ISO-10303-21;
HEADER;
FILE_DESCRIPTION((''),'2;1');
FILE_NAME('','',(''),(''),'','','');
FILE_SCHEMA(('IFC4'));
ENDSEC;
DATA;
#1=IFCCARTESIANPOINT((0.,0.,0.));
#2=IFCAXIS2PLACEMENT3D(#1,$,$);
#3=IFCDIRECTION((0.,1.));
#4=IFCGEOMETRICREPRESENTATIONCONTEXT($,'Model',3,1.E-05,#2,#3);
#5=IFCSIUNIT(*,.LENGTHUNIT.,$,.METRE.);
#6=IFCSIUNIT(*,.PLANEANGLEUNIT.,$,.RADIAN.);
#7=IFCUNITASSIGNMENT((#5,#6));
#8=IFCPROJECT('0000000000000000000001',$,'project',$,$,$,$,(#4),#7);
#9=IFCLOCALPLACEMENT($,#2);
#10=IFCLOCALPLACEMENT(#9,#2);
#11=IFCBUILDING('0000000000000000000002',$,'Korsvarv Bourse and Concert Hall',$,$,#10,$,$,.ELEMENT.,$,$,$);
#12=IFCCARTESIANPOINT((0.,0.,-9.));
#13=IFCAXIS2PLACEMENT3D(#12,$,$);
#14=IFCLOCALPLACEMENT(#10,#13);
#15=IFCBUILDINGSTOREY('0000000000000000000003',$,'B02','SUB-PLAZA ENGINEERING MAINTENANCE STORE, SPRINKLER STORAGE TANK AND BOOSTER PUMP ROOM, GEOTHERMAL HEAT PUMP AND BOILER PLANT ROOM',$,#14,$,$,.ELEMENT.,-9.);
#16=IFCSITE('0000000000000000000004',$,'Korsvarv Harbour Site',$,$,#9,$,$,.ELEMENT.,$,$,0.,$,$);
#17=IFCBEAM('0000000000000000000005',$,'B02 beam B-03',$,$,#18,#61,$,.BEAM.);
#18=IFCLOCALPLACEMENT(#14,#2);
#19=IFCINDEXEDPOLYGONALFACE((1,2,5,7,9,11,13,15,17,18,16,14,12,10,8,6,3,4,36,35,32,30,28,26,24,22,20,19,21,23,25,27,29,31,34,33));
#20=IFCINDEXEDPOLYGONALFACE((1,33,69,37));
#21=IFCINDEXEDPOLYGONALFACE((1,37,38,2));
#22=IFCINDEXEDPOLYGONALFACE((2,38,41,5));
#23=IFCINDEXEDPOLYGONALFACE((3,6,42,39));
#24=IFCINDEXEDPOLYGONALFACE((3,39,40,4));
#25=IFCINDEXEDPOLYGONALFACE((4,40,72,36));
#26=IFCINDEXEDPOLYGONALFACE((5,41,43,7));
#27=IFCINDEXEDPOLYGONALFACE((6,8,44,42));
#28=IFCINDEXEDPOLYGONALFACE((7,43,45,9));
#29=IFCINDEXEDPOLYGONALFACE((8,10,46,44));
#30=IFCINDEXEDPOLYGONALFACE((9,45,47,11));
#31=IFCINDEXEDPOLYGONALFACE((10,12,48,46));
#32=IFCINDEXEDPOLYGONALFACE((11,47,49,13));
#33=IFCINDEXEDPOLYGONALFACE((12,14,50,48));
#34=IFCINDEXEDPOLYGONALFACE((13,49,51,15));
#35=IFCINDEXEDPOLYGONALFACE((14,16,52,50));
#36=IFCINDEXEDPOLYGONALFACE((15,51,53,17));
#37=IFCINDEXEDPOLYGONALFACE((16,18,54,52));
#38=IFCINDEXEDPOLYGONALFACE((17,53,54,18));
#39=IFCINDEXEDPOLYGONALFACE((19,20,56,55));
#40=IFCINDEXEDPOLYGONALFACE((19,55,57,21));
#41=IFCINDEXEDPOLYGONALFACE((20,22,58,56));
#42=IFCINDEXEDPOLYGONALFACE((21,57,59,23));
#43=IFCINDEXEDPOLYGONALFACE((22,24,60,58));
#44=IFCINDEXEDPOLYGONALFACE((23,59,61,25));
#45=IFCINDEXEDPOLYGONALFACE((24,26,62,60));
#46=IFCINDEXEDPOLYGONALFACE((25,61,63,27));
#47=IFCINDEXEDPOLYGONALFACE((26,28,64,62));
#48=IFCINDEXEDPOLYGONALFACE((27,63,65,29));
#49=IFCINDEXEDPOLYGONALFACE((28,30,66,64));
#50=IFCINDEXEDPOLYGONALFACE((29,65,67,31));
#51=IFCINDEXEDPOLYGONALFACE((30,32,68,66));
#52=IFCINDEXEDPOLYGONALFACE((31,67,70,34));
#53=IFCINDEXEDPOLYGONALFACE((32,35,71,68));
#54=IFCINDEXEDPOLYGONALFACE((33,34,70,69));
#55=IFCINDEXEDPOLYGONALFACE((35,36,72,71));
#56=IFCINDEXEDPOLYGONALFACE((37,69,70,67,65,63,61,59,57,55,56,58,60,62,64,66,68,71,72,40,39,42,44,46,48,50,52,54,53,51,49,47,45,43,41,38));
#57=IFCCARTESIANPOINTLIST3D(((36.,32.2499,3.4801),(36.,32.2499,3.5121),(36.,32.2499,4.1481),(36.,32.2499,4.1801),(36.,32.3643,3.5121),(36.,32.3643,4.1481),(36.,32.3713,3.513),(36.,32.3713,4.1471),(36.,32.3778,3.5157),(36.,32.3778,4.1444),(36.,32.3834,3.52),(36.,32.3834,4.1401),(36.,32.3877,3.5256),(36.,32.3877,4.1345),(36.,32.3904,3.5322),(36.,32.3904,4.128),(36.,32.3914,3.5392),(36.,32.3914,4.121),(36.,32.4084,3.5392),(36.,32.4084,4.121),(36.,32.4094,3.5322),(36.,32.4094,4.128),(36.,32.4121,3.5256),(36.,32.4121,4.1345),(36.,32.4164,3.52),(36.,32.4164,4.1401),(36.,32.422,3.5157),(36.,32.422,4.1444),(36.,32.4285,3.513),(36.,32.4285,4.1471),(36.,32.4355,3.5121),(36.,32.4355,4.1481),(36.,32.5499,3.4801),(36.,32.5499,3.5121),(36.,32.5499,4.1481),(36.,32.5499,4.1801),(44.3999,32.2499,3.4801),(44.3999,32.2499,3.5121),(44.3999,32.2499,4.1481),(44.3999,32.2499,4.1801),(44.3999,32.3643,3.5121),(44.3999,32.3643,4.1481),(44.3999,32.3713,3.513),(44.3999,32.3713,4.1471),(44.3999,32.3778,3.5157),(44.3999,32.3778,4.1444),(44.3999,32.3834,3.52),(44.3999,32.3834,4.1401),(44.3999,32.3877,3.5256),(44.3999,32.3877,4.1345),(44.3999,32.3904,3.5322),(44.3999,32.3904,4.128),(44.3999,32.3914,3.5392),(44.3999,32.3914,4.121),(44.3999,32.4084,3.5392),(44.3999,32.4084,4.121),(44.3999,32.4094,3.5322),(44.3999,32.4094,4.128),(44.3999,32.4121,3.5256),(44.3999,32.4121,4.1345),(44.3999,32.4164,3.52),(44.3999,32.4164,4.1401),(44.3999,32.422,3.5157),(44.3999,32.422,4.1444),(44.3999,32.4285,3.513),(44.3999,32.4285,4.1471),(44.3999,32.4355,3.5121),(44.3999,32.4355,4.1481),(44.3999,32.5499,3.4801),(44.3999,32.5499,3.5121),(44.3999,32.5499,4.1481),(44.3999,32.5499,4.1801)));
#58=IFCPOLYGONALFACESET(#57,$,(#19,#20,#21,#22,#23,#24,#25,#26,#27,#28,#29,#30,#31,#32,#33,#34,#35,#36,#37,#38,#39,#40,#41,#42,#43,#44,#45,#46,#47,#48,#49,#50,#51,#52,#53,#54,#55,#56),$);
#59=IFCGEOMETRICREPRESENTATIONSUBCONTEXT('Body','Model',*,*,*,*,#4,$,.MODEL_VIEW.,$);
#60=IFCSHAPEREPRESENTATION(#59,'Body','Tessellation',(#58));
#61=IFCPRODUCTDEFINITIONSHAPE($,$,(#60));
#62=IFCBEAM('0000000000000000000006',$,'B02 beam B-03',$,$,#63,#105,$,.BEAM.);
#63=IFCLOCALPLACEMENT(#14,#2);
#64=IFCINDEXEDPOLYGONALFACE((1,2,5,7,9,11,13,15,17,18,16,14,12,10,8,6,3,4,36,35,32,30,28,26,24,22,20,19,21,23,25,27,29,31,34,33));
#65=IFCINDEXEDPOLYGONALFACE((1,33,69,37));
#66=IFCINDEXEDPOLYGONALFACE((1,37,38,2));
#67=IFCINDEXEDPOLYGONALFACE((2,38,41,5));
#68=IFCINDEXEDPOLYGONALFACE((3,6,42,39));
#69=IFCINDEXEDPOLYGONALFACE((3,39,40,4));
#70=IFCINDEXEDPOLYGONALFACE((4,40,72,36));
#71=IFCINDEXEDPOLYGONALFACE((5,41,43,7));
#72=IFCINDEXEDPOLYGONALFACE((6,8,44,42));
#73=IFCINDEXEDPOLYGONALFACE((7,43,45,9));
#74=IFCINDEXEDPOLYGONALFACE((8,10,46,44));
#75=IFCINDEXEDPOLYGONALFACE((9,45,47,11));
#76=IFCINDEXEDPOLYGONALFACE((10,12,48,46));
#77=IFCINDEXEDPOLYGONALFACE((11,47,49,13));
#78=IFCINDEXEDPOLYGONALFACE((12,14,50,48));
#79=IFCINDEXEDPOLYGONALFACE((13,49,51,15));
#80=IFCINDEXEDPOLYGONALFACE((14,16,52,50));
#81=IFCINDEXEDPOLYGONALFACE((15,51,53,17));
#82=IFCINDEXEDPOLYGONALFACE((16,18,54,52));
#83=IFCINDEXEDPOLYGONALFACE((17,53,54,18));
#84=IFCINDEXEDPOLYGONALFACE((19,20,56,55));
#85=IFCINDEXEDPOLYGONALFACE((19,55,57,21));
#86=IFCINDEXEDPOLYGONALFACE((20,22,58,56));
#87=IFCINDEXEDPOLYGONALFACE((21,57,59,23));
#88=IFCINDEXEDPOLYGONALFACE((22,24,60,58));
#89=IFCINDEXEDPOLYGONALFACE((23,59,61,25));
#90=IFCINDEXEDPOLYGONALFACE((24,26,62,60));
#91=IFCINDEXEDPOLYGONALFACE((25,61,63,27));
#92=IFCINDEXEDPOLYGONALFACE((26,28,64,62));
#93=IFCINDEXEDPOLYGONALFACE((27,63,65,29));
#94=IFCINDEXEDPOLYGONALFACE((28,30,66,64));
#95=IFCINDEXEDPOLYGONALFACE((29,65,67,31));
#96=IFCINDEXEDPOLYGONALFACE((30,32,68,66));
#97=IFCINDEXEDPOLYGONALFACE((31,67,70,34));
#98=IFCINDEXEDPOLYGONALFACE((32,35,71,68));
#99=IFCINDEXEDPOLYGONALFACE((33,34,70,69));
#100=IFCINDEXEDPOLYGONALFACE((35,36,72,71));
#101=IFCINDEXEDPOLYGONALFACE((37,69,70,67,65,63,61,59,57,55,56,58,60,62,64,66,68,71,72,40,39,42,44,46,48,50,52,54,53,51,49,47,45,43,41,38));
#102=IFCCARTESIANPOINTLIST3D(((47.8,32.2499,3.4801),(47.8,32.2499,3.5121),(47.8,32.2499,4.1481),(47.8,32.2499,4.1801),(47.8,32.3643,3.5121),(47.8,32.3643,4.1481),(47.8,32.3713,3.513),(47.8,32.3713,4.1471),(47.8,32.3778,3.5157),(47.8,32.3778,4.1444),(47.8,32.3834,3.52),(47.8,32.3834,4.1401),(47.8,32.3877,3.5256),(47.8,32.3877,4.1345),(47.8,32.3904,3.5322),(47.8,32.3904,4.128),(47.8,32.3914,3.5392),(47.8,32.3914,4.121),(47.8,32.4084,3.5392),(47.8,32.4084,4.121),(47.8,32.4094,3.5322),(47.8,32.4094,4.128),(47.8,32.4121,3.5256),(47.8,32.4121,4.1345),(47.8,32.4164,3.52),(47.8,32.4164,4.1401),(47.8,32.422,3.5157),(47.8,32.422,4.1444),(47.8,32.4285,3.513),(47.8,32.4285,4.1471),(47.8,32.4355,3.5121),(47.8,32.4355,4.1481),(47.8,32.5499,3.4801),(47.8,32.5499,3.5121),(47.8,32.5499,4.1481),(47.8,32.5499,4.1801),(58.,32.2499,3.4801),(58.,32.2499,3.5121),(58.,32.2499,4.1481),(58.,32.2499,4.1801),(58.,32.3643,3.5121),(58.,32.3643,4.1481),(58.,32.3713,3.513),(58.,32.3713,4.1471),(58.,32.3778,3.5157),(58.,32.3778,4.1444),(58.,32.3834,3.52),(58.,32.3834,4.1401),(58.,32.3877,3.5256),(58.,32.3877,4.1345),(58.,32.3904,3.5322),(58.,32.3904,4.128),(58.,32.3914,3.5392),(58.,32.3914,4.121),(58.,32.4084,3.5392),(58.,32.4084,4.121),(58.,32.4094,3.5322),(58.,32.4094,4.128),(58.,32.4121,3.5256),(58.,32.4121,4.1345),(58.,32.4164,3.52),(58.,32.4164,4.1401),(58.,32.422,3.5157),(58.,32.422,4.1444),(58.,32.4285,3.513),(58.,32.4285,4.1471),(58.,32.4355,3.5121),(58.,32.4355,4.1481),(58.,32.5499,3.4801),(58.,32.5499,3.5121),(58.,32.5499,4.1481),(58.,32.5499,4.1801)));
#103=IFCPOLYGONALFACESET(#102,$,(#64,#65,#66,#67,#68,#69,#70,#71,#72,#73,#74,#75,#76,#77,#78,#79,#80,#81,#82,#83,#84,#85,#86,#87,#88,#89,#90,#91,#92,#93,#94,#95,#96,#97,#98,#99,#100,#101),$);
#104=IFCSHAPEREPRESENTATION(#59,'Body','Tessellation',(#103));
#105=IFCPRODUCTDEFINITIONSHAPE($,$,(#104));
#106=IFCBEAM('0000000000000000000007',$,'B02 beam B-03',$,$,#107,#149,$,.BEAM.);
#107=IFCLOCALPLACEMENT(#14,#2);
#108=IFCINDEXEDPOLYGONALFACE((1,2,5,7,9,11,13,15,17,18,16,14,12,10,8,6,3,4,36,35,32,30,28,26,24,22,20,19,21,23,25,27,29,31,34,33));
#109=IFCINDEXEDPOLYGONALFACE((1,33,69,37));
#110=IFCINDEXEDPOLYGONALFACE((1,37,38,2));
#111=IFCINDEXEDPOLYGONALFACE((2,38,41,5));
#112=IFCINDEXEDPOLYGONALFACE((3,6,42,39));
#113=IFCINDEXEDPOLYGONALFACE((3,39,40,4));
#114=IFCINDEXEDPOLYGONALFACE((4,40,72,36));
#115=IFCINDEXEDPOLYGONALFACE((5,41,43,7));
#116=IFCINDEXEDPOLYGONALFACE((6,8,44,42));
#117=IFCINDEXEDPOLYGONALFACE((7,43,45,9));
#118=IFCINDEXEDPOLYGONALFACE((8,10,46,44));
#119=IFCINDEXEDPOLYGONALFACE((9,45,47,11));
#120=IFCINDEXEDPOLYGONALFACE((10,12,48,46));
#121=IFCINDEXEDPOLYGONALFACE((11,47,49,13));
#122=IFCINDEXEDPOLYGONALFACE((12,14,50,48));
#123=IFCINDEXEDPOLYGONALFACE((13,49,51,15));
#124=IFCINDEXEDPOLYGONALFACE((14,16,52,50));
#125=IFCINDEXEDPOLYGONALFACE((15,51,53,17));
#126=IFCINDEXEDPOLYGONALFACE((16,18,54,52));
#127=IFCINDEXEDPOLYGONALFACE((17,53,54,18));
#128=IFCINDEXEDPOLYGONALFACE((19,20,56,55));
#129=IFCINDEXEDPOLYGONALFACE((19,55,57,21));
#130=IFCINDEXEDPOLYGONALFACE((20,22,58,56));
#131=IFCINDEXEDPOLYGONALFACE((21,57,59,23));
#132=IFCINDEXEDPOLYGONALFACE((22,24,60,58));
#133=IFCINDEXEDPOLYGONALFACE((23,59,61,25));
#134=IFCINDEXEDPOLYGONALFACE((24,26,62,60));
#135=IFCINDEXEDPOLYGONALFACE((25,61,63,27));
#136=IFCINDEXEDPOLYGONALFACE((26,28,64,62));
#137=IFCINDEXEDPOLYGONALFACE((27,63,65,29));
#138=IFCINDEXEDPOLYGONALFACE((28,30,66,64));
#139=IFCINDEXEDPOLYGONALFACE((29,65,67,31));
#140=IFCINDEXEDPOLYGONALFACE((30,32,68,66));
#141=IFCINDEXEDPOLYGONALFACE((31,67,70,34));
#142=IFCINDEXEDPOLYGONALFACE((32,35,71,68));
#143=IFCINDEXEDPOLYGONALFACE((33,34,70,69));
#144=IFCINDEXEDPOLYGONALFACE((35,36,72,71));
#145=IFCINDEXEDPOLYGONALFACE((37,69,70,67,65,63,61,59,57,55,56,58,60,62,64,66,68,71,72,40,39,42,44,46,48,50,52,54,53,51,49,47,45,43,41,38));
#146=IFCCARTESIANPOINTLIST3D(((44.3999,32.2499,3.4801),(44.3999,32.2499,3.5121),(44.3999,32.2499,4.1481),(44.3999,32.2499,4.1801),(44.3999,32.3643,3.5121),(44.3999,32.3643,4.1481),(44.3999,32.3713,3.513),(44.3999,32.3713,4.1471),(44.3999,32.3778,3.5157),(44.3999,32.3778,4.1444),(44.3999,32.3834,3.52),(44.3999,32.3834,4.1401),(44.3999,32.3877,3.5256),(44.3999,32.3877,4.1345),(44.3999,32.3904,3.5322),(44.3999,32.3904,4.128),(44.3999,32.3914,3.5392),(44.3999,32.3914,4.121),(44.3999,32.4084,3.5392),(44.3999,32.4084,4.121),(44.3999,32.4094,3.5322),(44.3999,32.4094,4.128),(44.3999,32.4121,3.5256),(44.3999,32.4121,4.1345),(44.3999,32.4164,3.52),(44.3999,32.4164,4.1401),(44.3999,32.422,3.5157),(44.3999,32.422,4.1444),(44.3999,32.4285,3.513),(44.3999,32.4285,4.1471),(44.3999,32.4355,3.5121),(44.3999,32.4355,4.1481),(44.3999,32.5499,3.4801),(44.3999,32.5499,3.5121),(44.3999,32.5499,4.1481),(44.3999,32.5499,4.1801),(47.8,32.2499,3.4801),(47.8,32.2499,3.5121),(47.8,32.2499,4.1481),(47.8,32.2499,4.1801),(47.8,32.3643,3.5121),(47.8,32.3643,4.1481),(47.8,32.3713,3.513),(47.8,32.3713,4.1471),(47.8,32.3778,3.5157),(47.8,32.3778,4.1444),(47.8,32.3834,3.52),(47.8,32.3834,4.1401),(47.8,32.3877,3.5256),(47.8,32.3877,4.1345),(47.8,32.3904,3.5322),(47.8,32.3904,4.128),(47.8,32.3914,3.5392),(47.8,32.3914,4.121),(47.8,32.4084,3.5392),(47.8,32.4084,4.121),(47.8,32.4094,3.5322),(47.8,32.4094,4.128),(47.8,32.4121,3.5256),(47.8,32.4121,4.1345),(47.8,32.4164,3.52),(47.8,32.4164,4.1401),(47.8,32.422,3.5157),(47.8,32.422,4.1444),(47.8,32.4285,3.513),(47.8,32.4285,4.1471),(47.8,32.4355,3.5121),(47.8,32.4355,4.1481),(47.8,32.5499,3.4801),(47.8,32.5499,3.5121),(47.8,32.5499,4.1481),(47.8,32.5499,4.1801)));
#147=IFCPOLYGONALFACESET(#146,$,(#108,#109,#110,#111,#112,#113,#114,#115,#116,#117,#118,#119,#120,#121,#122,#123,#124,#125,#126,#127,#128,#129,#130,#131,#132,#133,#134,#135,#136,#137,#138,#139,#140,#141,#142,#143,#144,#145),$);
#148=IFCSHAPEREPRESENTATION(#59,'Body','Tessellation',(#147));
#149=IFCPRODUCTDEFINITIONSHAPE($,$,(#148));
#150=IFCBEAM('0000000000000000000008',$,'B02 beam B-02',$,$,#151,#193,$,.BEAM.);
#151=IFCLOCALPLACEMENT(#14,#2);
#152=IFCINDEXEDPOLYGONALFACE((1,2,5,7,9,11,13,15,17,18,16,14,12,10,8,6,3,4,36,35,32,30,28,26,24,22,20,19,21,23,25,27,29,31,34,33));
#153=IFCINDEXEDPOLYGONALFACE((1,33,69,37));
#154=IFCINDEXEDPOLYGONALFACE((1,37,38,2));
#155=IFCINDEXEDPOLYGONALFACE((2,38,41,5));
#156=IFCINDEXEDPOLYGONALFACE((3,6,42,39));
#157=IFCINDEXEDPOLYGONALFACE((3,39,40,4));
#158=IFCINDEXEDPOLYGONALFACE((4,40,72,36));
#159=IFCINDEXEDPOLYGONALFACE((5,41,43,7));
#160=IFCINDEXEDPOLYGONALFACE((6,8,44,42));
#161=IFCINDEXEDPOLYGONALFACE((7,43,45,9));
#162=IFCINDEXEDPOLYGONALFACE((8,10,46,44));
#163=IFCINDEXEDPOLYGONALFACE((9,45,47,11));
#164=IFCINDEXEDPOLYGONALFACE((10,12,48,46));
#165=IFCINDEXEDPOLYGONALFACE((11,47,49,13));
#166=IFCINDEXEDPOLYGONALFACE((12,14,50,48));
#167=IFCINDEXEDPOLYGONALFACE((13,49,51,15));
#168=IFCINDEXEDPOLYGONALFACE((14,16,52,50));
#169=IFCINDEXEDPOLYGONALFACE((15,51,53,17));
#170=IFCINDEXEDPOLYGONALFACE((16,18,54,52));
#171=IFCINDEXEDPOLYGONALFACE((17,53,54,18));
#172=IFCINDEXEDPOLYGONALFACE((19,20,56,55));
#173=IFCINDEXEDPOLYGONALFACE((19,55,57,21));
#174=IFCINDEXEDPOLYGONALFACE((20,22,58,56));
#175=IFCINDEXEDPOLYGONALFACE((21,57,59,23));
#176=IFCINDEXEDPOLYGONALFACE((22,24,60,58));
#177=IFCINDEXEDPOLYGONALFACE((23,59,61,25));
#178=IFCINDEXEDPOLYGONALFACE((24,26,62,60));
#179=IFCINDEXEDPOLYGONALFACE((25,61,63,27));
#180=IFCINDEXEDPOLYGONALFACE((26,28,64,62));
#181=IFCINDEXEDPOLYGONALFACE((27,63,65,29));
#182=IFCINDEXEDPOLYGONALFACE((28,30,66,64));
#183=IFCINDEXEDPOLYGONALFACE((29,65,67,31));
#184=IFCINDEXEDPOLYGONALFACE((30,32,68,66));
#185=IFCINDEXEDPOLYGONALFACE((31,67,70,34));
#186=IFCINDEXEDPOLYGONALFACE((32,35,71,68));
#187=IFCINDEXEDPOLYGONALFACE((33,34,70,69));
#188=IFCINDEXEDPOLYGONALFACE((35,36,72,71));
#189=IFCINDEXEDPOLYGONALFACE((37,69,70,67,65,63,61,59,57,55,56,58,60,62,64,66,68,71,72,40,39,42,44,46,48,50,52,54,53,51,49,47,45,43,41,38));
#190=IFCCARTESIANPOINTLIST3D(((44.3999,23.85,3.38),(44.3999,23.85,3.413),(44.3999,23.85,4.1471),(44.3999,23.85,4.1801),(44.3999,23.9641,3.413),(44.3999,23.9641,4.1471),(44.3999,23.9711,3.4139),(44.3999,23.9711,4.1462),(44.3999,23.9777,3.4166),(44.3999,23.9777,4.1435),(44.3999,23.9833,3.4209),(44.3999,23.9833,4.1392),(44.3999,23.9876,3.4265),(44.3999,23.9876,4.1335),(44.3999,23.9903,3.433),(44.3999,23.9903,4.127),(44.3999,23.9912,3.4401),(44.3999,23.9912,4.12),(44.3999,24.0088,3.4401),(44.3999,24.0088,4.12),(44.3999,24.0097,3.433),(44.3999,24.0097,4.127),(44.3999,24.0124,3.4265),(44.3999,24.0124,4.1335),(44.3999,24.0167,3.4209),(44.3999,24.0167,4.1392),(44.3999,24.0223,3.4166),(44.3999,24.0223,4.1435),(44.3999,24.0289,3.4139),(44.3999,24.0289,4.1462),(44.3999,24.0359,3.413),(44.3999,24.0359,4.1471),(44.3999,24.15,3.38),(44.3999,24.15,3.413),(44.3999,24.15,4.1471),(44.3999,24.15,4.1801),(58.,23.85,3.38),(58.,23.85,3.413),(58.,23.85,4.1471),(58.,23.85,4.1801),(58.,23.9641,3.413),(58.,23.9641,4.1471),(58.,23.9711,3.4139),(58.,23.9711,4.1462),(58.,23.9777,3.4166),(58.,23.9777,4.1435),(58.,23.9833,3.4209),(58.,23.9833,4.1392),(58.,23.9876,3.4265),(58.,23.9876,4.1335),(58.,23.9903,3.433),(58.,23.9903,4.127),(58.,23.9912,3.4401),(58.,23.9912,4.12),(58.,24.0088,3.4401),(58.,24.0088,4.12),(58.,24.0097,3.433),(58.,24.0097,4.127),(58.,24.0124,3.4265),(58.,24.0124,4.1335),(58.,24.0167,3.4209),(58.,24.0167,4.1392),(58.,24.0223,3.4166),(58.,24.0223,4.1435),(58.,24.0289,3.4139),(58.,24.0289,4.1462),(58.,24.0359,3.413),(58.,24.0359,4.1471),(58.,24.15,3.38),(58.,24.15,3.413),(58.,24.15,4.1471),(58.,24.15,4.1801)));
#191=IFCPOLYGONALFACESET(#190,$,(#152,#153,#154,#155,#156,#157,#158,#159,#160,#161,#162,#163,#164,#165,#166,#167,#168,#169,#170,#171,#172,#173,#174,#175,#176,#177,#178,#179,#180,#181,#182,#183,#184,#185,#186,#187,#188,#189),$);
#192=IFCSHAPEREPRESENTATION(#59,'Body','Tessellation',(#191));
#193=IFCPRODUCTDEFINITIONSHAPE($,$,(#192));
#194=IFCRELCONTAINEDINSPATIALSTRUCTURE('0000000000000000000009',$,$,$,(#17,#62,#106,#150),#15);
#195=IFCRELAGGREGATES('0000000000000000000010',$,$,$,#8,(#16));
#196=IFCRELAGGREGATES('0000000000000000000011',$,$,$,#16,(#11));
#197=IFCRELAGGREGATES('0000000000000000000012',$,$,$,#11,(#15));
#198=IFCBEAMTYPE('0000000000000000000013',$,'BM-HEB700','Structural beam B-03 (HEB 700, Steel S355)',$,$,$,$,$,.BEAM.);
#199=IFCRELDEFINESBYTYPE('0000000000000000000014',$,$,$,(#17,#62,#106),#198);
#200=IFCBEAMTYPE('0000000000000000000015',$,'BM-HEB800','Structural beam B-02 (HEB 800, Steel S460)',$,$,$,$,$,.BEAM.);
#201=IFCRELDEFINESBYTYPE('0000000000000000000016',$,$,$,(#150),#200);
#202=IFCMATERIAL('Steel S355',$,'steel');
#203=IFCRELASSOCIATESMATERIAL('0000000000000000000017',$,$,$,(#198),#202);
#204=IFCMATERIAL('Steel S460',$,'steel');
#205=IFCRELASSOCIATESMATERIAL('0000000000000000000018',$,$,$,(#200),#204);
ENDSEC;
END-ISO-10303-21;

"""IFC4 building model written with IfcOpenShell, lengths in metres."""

from ifc_helpers import new_model, si_unit, direction, frame, origin, origin_2d, place, context, subcontext, project, spatial, i_section, extrude, source, transform, mapped, material, material_profile, profile_set, type_object, element, save


model = new_model("IFC4")

# Units and contexts
model_context = context("Model", 3, precision=1e-05, world=origin(), true_north=direction((0.0, 1.0)))
body_context = subcontext(model_context, "Body", "Model", "MODEL_VIEW")
ifc_project = project(units=[si_unit("LENGTHUNIT", "METRE"), si_unit("PLANEANGLEUNIT", "RADIAN")], contexts=[model_context])

# Site, building, storey
site_placement = place(None, origin())
site = spatial("IfcSite", under=ifc_project, at=site_placement, Name="Korsvarv Harbour Site", CompositionType="ELEMENT", RefElevation=0.0)
building_placement = place(site_placement, origin())
building = spatial("IfcBuilding", under=site, at=building_placement, Name="Korsvarv Bourse and Concert Hall", CompositionType="ELEMENT")
storey_placement = place(building_placement, frame((0.0, 0.0, -9.0)))
storey = spatial("IfcBuildingStorey", under=building, at=storey_placement, Name="B02", Description="SUB-PLAZA ENGINEERING MAINTENANCE STORE, SPRINKLER STORAGE TANK AND BOOSTER PUMP ROOM, GEOTHERMAL HEAT PUMP AND BOILER PLANT ROOM", CompositionType="ELEMENT", Elevation=-9.0)

# Shared definitions
ifc_material_1 = material(Name="Steel S460", Category="steel")

# Beams
ifc_material_2 = material(Name="Steel S355", Category="steel")
ifc_material_profile_1 = material_profile(ifc_material_2, i_section(OverallWidth=0.3, OverallDepth=0.7, WebThickness=0.0171, FlangeThickness=0.032, FilletRadius=0.0271, at=origin_2d()), Name="HEB 700")
ifc_profile_set_1 = profile_set([ifc_material_profile_1], Name="Steel S355")
beam_type_1 = type_object("IfcBeamType", Name="BM-HEB700", Description="Structural beam B-03 (HEB 700, Steel S355)", PredefinedType="BEAM", material=ifc_profile_set_1)
shared_shape_1 = source(origin(), body_context, "Body", "SweptSolid", [
    extrude(i_section(OverallWidth=0.3, OverallDepth=0.7, WebThickness=0.0171, FlangeThickness=0.032, FilletRadius=0.0271, at=origin_2d()), origin(), (0.0, 0.0, 1.0), 8.3999),
])
for number, where, z_axis, x_axis, name in (
    (1, (36.0, 32.3999, 3.8301), (1.0, 0.0, 0.0), (0.0, 1.0, 0.0), "B02 beam B-03"),
):
    element("IfcBeam", number, at=place(storey_placement, frame(where, z_axis=z_axis, x_axis=x_axis)), inside=storey, type_object=beam_type_1, Name=name, PredefinedType="BEAM", context=body_context, shape_type="MappedRepresentation", body=[
        mapped(shared_shape_1, transform((0.0, 0.0, 0.0), scale=1.0)),
    ])
shared_shape_2 = source(origin(), body_context, "Body", "SweptSolid", [
    extrude(i_section(OverallWidth=0.3, OverallDepth=0.7, WebThickness=0.0171, FlangeThickness=0.032, FilletRadius=0.0271, at=origin_2d()), origin(), (0.0, 0.0, 1.0), 10.2),
])
beam_1_placement = place(storey_placement, frame((47.8, 32.3999, 3.8301), z_axis=(1.0, 0.0, 0.0), x_axis=(0.0, 1.0, 0.0)))
element("IfcBeam", 2, at=beam_1_placement, inside=storey, type_object=beam_type_1, Name="B02 beam B-03", PredefinedType="BEAM", context=body_context, shape_type="MappedRepresentation", body=[
    mapped(shared_shape_2, transform((0.0, 0.0, 0.0), scale=1.0)),
])
shared_shape_3 = source(origin(), body_context, "Body", "SweptSolid", [
    extrude(i_section(OverallWidth=0.3, OverallDepth=0.7, WebThickness=0.0171, FlangeThickness=0.032, FilletRadius=0.0271, at=origin_2d()), origin(), (0.0, 0.0, 1.0), 3.4001),
])
beam_2_placement = place(storey_placement, frame((44.3999, 32.3999, 3.8301), z_axis=(1.0, 0.0, 0.0), x_axis=(0.0, 1.0, 0.0)))
element("IfcBeam", 3, at=beam_2_placement, inside=storey, type_object=beam_type_1, Name="B02 beam B-03", PredefinedType="BEAM", context=body_context, shape_type="MappedRepresentation", body=[
    mapped(shared_shape_3, transform((0.0, 0.0, 0.0), scale=1.0)),
])
ifc_material_profile_2 = material_profile(ifc_material_1, i_section(OverallWidth=0.3, OverallDepth=0.8, WebThickness=0.0176, FlangeThickness=0.033, FilletRadius=0.0271, at=origin_2d()), Name="HEB 800")
ifc_profile_set_2 = profile_set([ifc_material_profile_2], Name="Steel S460")
beam_type_2 = type_object("IfcBeamType", Name="BM-HEB800", Description="Structural beam B-02 (HEB 800, Steel S460)", PredefinedType="BEAM", material=ifc_profile_set_2)
shared_shape_4 = source(origin(), body_context, "Body", "SweptSolid", [
    extrude(i_section(OverallWidth=0.3, OverallDepth=0.8, WebThickness=0.0176, FlangeThickness=0.033, FilletRadius=0.0271, at=origin_2d()), origin(), (0.0, 0.0, 1.0), 13.6001),
])
beam_3_placement = place(storey_placement, frame((44.3999, 24.0, 3.78), z_axis=(1.0, 0.0, 0.0), x_axis=(0.0, 1.0, 0.0)))
element("IfcBeam", 4, at=beam_3_placement, inside=storey, type_object=beam_type_2, Name="B02 beam B-02", PredefinedType="BEAM", context=body_context, shape_type="MappedRepresentation", body=[
    mapped(shared_shape_4, transform((0.0, 0.0, 0.0), scale=1.0)),
])

save(model, "model.ifc")
